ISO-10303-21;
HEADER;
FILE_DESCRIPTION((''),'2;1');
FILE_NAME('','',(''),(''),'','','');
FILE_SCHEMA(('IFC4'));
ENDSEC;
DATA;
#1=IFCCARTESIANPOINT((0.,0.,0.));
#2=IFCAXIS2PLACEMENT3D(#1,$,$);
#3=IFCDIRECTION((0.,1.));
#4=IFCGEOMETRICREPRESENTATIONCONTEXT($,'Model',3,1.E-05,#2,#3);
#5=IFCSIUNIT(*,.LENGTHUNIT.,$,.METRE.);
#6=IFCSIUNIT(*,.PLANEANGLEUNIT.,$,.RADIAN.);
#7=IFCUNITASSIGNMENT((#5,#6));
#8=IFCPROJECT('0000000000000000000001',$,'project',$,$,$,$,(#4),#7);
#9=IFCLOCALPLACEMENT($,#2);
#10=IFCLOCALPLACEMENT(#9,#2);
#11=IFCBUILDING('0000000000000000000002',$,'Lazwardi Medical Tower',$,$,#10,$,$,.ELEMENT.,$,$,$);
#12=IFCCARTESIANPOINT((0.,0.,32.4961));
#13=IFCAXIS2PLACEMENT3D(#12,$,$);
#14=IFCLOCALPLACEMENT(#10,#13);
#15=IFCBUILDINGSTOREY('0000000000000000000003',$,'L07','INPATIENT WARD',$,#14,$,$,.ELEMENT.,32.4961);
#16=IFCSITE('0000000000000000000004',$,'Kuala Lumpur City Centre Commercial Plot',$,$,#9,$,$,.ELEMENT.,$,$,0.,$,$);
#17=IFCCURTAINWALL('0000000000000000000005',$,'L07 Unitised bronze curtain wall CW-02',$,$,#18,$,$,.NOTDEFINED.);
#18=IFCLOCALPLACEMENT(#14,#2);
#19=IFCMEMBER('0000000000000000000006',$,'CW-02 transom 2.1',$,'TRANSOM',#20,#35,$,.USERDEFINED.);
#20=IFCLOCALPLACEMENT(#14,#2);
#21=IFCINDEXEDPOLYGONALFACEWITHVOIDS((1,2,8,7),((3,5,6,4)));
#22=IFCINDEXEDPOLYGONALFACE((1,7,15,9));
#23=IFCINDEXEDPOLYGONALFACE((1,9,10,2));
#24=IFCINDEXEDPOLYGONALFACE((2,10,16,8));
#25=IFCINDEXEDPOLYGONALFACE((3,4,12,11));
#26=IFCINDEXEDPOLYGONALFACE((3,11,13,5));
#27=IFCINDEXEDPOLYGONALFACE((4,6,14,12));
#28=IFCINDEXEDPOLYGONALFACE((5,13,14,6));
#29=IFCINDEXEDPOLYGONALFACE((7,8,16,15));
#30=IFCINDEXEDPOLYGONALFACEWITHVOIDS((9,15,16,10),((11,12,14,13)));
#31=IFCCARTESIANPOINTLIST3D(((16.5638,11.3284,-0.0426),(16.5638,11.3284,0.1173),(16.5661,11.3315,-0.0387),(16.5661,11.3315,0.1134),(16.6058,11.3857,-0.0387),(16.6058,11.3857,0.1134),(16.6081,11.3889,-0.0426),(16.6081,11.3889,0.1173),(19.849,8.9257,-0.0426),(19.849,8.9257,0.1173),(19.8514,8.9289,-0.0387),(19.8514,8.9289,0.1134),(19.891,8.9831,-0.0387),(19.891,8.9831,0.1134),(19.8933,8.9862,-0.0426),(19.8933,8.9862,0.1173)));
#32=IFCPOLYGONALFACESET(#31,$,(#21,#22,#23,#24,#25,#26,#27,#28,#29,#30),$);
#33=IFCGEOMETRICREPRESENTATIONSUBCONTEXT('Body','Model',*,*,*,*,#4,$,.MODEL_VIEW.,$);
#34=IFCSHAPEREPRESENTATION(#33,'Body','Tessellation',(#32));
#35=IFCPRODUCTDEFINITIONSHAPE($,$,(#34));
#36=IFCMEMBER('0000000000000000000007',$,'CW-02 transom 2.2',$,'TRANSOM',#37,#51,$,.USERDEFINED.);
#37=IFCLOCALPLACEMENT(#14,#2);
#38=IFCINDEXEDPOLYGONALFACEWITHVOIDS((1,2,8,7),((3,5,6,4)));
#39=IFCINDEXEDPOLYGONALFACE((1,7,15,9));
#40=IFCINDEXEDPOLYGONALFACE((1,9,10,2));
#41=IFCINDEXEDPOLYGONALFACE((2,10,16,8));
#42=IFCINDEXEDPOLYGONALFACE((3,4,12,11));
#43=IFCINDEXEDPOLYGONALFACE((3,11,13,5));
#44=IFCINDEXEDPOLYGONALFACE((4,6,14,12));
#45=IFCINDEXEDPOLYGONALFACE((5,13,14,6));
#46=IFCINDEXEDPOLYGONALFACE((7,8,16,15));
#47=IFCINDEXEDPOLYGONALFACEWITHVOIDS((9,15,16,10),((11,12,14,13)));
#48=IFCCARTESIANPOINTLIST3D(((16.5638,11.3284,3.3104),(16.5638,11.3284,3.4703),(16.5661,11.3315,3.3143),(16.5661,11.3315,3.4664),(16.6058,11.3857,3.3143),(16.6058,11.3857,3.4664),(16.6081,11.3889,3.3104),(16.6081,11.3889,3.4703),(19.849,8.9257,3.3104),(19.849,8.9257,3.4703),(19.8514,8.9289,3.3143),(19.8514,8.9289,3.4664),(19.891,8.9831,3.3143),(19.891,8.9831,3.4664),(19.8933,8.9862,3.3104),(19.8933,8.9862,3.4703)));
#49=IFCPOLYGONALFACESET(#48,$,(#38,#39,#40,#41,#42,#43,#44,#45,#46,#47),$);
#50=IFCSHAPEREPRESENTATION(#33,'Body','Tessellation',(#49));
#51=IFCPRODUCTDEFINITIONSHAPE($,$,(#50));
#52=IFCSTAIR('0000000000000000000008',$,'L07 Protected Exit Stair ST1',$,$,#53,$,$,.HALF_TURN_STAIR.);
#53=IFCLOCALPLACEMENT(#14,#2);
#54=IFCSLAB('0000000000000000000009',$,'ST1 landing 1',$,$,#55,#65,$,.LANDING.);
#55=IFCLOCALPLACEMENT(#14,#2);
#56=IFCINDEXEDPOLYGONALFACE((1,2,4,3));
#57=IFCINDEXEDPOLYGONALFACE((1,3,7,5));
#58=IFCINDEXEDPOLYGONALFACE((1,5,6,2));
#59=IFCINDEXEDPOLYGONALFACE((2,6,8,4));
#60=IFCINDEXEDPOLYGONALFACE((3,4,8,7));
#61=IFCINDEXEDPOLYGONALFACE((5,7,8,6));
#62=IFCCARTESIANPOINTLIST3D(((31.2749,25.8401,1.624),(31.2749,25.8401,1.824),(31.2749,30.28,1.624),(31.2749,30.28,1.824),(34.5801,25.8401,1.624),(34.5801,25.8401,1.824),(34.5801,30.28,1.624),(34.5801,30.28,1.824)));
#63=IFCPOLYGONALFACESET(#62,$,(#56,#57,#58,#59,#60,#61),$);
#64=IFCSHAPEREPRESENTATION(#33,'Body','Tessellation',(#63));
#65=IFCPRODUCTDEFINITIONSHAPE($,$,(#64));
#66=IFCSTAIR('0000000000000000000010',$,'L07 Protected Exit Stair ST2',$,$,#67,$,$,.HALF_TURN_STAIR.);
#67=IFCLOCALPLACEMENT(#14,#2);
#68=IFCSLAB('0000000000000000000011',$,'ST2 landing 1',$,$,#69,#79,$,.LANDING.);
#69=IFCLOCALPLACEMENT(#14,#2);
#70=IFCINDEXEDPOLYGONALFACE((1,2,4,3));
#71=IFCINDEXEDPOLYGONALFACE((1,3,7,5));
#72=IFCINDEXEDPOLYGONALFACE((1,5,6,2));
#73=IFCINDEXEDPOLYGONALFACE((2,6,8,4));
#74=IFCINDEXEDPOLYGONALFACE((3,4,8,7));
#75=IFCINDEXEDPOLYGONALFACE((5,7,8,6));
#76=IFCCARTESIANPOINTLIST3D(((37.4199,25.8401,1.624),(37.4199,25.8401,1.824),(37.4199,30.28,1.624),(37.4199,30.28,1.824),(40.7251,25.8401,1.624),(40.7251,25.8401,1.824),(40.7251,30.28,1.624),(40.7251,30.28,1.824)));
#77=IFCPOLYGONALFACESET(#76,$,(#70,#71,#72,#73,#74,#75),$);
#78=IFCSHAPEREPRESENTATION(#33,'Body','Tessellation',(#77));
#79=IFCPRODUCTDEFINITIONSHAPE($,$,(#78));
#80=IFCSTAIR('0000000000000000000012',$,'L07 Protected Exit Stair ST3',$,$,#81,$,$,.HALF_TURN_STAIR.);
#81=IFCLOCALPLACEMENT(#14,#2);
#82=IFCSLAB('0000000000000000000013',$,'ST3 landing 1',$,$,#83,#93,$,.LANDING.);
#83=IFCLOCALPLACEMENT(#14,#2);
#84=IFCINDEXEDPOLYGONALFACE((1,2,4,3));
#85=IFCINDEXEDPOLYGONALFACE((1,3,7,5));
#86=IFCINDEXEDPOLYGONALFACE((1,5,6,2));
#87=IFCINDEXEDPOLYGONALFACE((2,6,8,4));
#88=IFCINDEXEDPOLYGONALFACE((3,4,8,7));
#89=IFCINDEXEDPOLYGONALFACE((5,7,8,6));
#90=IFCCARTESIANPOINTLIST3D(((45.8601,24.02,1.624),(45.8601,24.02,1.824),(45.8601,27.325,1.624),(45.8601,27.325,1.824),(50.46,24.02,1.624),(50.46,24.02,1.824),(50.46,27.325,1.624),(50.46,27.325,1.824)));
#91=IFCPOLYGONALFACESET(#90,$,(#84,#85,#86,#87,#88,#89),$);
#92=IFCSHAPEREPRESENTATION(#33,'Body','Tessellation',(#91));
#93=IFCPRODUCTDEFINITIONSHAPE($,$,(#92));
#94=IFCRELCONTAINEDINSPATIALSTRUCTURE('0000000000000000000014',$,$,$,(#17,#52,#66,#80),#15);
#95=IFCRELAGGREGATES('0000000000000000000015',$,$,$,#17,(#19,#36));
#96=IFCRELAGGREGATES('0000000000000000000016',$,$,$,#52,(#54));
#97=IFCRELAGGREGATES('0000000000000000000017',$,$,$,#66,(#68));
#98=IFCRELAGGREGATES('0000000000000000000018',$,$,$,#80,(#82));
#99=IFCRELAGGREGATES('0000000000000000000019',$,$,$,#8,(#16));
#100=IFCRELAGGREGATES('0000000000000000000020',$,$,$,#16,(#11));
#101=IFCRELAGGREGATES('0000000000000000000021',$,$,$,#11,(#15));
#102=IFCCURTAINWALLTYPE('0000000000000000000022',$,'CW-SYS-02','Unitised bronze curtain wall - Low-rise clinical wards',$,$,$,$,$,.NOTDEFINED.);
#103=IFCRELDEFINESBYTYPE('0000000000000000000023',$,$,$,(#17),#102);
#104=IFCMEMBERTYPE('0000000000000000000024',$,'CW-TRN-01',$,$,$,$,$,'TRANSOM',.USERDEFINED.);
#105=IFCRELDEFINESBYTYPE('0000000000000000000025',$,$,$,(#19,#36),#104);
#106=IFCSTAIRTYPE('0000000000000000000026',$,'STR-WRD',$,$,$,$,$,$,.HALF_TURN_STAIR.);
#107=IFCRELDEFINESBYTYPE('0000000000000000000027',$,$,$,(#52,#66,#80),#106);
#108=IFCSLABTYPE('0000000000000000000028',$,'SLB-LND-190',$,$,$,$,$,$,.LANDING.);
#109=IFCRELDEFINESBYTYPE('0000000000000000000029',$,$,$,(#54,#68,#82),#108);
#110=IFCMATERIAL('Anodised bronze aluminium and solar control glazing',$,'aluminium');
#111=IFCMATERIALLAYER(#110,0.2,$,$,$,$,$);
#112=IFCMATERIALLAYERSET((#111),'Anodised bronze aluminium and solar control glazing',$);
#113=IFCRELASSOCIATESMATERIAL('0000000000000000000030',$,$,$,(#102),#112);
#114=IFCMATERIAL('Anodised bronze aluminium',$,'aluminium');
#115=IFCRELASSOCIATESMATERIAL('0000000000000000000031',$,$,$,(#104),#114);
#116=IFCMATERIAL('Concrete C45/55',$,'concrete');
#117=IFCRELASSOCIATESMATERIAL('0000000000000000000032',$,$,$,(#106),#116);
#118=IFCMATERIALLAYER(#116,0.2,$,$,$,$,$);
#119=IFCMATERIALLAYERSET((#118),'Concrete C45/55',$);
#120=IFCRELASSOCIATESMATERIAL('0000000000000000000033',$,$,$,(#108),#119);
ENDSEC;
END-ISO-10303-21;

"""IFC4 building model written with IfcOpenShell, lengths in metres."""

from ifc_helpers import new_model, si_unit, direction, frame, origin, origin_2d, place, context, subcontext, project, spatial, polyline, hollow_rectangle, outline, extrude, material, layer, layer_set, material_profile, profile_set, type_object, element, aggregate, save


model = new_model("IFC4")

# Units and contexts
model_context = context("Model", 3, precision=1e-05, world=origin(), true_north=direction((0.0, 1.0)))
body_context = subcontext(model_context, "Body", "Model", "MODEL_VIEW")
ifc_project = project(units=[si_unit("LENGTHUNIT", "METRE"), si_unit("PLANEANGLEUNIT", "RADIAN")], contexts=[model_context])

# Site, building, storey
site_placement = place(None, origin())
site = spatial("IfcSite", under=ifc_project, at=site_placement, Name="Kuala Lumpur City Centre Commercial Plot", CompositionType="ELEMENT", RefElevation=0.0)
building_placement = place(site_placement, origin())
building = spatial("IfcBuilding", under=site, at=building_placement, Name="Lazwardi Medical Tower", CompositionType="ELEMENT")
storey_placement = place(building_placement, frame((0.0, 0.0, 32.4961)))
storey = spatial("IfcBuildingStorey", under=building, at=storey_placement, Name="L07", Description="INPATIENT WARD", CompositionType="ELEMENT", Elevation=32.4961)

# Curtain wall, members
ifc_material_1 = material(Name="Anodised bronze aluminium and solar control glazing", Category="aluminium")
ifc_layer_1 = layer(ifc_material_1, 0.2)
ifc_layer_set_1 = layer_set([ifc_layer_1], Name="Anodised bronze aluminium and solar control glazing")
curtain_wall_type = type_object("IfcCurtainWallType", Name="CW-SYS-02", Description="Unitised bronze curtain wall - Low-rise clinical wards", PredefinedType="NOTDEFINED", material=ifc_layer_set_1)
curtain_wall_placement = place(storey_placement, origin())
curtain_wall = element("IfcCurtainWall", 1, at=curtain_wall_placement, inside=storey, type_object=curtain_wall_type, Name="L07 Unitised bronze curtain wall CW-02", PredefinedType="NOTDEFINED")
ifc_material_2 = material(Name="Anodised bronze aluminium", Category="aluminium")
ifc_material_profile = material_profile(ifc_material_2, hollow_rectangle(XDim=0.075, YDim=0.1599, WallThickness=0.0039, at=origin_2d()), Name="ALU-TRANSOM 160x75x4")
ifc_profile_set = profile_set([ifc_material_profile], Name="Anodised bronze aluminium")
member_type = type_object("IfcMemberType", Name="CW-TRN-01", ElementType="TRANSOM", PredefinedType="USERDEFINED", material=ifc_profile_set)
member_1_placement = place(storey_placement, frame((16.5859, 11.3586, 0.0374), z_axis=(0.807169, -0.59032, 0.0), x_axis=(0.59032, 0.807169, 0.0)))
member_1 = element("IfcMember", 2, at=member_1_placement, type_object=member_type, Name="CW-02 transom 2.1", ObjectType="TRANSOM", PredefinedType="USERDEFINED", context=body_context, shape_type="SweptSolid", body=[
    extrude(hollow_rectangle(XDim=0.075, YDim=0.1599, WallThickness=0.0039, at=origin_2d()), origin(), (0.0, 0.0, 1.0), 4.0701),
])
member_2_placement = place(storey_placement, frame((16.5859, 11.3586, 3.3904), z_axis=(0.807169, -0.59032, 0.0), x_axis=(0.59032, 0.807169, 0.0)))
member_2 = element("IfcMember", 3, at=member_2_placement, type_object=member_type, Name="CW-02 transom 2.2", ObjectType="TRANSOM", PredefinedType="USERDEFINED", context=body_context, shape_type="SweptSolid", body=[
    extrude(hollow_rectangle(XDim=0.075, YDim=0.1599, WallThickness=0.0039, at=origin_2d()), origin(), (0.0, 0.0, 1.0), 4.0701),
])
aggregate(curtain_wall, [member_1, member_2])

# Stairs, slabs
ifc_material_3 = material(Name="Concrete C45/55", Category="concrete")
stair_type = type_object("IfcStairType", Name="STR-WRD", PredefinedType="HALF_TURN_STAIR", material=ifc_material_3)
stair_1_placement = place(storey_placement, origin())
stair_1 = element("IfcStair", 4, at=stair_1_placement, inside=storey, type_object=stair_type, Name="L07 Protected Exit Stair ST1", PredefinedType="HALF_TURN_STAIR")
ifc_layer_2 = layer(ifc_material_3, 0.2)
ifc_layer_set_2 = layer_set([ifc_layer_2], Name="Concrete C45/55")
slab_type_1 = type_object("IfcSlabType", Name="SLB-LND-190", PredefinedType="LANDING", material=ifc_layer_set_2)
slab_1_placement = place(storey_placement, frame((0.0, 0.0, 1.624)))
slab_1 = element("IfcSlab", 5, at=slab_1_placement, type_object=slab_type_1, Name="ST1 landing 1", PredefinedType="LANDING", context=body_context, shape_type="SweptSolid", body=[
    extrude(outline(polyline([(31.2749, 25.8401), (34.5801, 25.8401), (34.5801, 30.28), (31.2749, 30.28), (31.2749, 25.8401)])), origin(), (0.0, 0.0, 1.0), 0.2),
])
aggregate(stair_1, [slab_1])
stair_2_placement = place(storey_placement, origin())
stair_2 = element("IfcStair", 6, at=stair_2_placement, inside=storey, type_object=stair_type, Name="L07 Protected Exit Stair ST2", PredefinedType="HALF_TURN_STAIR")
slab_2_placement = place(storey_placement, frame((0.0, 0.0, 1.624)))
slab_2 = element("IfcSlab", 7, at=slab_2_placement, type_object=slab_type_1, Name="ST2 landing 1", PredefinedType="LANDING", context=body_context, shape_type="SweptSolid", body=[
    extrude(outline(polyline([(40.7251, 30.28), (37.4199, 30.28), (37.4199, 25.8401), (40.7251, 25.8401), (40.7251, 30.28)])), origin(), (0.0, 0.0, 1.0), 0.2),
])
aggregate(stair_2, [slab_2])
stair_3_placement = place(storey_placement, origin())
stair_3 = element("IfcStair", 8, at=stair_3_placement, inside=storey, type_object=stair_type, Name="L07 Protected Exit Stair ST3", PredefinedType="HALF_TURN_STAIR")
slab_3_placement = place(storey_placement, frame((0.0, 0.0, 1.624)))
slab_3 = element("IfcSlab", 9, at=slab_3_placement, type_object=slab_type_1, Name="ST3 landing 1", PredefinedType="LANDING", context=body_context, shape_type="SweptSolid", body=[
    extrude(outline(polyline([(45.8601, 27.325), (45.8601, 24.02), (50.46, 24.02), (50.46, 27.325), (45.8601, 27.325)])), origin(), (0.0, 0.0, 1.0), 0.2),
])
aggregate(stair_3, [slab_3])

save(model, "model.ifc")
